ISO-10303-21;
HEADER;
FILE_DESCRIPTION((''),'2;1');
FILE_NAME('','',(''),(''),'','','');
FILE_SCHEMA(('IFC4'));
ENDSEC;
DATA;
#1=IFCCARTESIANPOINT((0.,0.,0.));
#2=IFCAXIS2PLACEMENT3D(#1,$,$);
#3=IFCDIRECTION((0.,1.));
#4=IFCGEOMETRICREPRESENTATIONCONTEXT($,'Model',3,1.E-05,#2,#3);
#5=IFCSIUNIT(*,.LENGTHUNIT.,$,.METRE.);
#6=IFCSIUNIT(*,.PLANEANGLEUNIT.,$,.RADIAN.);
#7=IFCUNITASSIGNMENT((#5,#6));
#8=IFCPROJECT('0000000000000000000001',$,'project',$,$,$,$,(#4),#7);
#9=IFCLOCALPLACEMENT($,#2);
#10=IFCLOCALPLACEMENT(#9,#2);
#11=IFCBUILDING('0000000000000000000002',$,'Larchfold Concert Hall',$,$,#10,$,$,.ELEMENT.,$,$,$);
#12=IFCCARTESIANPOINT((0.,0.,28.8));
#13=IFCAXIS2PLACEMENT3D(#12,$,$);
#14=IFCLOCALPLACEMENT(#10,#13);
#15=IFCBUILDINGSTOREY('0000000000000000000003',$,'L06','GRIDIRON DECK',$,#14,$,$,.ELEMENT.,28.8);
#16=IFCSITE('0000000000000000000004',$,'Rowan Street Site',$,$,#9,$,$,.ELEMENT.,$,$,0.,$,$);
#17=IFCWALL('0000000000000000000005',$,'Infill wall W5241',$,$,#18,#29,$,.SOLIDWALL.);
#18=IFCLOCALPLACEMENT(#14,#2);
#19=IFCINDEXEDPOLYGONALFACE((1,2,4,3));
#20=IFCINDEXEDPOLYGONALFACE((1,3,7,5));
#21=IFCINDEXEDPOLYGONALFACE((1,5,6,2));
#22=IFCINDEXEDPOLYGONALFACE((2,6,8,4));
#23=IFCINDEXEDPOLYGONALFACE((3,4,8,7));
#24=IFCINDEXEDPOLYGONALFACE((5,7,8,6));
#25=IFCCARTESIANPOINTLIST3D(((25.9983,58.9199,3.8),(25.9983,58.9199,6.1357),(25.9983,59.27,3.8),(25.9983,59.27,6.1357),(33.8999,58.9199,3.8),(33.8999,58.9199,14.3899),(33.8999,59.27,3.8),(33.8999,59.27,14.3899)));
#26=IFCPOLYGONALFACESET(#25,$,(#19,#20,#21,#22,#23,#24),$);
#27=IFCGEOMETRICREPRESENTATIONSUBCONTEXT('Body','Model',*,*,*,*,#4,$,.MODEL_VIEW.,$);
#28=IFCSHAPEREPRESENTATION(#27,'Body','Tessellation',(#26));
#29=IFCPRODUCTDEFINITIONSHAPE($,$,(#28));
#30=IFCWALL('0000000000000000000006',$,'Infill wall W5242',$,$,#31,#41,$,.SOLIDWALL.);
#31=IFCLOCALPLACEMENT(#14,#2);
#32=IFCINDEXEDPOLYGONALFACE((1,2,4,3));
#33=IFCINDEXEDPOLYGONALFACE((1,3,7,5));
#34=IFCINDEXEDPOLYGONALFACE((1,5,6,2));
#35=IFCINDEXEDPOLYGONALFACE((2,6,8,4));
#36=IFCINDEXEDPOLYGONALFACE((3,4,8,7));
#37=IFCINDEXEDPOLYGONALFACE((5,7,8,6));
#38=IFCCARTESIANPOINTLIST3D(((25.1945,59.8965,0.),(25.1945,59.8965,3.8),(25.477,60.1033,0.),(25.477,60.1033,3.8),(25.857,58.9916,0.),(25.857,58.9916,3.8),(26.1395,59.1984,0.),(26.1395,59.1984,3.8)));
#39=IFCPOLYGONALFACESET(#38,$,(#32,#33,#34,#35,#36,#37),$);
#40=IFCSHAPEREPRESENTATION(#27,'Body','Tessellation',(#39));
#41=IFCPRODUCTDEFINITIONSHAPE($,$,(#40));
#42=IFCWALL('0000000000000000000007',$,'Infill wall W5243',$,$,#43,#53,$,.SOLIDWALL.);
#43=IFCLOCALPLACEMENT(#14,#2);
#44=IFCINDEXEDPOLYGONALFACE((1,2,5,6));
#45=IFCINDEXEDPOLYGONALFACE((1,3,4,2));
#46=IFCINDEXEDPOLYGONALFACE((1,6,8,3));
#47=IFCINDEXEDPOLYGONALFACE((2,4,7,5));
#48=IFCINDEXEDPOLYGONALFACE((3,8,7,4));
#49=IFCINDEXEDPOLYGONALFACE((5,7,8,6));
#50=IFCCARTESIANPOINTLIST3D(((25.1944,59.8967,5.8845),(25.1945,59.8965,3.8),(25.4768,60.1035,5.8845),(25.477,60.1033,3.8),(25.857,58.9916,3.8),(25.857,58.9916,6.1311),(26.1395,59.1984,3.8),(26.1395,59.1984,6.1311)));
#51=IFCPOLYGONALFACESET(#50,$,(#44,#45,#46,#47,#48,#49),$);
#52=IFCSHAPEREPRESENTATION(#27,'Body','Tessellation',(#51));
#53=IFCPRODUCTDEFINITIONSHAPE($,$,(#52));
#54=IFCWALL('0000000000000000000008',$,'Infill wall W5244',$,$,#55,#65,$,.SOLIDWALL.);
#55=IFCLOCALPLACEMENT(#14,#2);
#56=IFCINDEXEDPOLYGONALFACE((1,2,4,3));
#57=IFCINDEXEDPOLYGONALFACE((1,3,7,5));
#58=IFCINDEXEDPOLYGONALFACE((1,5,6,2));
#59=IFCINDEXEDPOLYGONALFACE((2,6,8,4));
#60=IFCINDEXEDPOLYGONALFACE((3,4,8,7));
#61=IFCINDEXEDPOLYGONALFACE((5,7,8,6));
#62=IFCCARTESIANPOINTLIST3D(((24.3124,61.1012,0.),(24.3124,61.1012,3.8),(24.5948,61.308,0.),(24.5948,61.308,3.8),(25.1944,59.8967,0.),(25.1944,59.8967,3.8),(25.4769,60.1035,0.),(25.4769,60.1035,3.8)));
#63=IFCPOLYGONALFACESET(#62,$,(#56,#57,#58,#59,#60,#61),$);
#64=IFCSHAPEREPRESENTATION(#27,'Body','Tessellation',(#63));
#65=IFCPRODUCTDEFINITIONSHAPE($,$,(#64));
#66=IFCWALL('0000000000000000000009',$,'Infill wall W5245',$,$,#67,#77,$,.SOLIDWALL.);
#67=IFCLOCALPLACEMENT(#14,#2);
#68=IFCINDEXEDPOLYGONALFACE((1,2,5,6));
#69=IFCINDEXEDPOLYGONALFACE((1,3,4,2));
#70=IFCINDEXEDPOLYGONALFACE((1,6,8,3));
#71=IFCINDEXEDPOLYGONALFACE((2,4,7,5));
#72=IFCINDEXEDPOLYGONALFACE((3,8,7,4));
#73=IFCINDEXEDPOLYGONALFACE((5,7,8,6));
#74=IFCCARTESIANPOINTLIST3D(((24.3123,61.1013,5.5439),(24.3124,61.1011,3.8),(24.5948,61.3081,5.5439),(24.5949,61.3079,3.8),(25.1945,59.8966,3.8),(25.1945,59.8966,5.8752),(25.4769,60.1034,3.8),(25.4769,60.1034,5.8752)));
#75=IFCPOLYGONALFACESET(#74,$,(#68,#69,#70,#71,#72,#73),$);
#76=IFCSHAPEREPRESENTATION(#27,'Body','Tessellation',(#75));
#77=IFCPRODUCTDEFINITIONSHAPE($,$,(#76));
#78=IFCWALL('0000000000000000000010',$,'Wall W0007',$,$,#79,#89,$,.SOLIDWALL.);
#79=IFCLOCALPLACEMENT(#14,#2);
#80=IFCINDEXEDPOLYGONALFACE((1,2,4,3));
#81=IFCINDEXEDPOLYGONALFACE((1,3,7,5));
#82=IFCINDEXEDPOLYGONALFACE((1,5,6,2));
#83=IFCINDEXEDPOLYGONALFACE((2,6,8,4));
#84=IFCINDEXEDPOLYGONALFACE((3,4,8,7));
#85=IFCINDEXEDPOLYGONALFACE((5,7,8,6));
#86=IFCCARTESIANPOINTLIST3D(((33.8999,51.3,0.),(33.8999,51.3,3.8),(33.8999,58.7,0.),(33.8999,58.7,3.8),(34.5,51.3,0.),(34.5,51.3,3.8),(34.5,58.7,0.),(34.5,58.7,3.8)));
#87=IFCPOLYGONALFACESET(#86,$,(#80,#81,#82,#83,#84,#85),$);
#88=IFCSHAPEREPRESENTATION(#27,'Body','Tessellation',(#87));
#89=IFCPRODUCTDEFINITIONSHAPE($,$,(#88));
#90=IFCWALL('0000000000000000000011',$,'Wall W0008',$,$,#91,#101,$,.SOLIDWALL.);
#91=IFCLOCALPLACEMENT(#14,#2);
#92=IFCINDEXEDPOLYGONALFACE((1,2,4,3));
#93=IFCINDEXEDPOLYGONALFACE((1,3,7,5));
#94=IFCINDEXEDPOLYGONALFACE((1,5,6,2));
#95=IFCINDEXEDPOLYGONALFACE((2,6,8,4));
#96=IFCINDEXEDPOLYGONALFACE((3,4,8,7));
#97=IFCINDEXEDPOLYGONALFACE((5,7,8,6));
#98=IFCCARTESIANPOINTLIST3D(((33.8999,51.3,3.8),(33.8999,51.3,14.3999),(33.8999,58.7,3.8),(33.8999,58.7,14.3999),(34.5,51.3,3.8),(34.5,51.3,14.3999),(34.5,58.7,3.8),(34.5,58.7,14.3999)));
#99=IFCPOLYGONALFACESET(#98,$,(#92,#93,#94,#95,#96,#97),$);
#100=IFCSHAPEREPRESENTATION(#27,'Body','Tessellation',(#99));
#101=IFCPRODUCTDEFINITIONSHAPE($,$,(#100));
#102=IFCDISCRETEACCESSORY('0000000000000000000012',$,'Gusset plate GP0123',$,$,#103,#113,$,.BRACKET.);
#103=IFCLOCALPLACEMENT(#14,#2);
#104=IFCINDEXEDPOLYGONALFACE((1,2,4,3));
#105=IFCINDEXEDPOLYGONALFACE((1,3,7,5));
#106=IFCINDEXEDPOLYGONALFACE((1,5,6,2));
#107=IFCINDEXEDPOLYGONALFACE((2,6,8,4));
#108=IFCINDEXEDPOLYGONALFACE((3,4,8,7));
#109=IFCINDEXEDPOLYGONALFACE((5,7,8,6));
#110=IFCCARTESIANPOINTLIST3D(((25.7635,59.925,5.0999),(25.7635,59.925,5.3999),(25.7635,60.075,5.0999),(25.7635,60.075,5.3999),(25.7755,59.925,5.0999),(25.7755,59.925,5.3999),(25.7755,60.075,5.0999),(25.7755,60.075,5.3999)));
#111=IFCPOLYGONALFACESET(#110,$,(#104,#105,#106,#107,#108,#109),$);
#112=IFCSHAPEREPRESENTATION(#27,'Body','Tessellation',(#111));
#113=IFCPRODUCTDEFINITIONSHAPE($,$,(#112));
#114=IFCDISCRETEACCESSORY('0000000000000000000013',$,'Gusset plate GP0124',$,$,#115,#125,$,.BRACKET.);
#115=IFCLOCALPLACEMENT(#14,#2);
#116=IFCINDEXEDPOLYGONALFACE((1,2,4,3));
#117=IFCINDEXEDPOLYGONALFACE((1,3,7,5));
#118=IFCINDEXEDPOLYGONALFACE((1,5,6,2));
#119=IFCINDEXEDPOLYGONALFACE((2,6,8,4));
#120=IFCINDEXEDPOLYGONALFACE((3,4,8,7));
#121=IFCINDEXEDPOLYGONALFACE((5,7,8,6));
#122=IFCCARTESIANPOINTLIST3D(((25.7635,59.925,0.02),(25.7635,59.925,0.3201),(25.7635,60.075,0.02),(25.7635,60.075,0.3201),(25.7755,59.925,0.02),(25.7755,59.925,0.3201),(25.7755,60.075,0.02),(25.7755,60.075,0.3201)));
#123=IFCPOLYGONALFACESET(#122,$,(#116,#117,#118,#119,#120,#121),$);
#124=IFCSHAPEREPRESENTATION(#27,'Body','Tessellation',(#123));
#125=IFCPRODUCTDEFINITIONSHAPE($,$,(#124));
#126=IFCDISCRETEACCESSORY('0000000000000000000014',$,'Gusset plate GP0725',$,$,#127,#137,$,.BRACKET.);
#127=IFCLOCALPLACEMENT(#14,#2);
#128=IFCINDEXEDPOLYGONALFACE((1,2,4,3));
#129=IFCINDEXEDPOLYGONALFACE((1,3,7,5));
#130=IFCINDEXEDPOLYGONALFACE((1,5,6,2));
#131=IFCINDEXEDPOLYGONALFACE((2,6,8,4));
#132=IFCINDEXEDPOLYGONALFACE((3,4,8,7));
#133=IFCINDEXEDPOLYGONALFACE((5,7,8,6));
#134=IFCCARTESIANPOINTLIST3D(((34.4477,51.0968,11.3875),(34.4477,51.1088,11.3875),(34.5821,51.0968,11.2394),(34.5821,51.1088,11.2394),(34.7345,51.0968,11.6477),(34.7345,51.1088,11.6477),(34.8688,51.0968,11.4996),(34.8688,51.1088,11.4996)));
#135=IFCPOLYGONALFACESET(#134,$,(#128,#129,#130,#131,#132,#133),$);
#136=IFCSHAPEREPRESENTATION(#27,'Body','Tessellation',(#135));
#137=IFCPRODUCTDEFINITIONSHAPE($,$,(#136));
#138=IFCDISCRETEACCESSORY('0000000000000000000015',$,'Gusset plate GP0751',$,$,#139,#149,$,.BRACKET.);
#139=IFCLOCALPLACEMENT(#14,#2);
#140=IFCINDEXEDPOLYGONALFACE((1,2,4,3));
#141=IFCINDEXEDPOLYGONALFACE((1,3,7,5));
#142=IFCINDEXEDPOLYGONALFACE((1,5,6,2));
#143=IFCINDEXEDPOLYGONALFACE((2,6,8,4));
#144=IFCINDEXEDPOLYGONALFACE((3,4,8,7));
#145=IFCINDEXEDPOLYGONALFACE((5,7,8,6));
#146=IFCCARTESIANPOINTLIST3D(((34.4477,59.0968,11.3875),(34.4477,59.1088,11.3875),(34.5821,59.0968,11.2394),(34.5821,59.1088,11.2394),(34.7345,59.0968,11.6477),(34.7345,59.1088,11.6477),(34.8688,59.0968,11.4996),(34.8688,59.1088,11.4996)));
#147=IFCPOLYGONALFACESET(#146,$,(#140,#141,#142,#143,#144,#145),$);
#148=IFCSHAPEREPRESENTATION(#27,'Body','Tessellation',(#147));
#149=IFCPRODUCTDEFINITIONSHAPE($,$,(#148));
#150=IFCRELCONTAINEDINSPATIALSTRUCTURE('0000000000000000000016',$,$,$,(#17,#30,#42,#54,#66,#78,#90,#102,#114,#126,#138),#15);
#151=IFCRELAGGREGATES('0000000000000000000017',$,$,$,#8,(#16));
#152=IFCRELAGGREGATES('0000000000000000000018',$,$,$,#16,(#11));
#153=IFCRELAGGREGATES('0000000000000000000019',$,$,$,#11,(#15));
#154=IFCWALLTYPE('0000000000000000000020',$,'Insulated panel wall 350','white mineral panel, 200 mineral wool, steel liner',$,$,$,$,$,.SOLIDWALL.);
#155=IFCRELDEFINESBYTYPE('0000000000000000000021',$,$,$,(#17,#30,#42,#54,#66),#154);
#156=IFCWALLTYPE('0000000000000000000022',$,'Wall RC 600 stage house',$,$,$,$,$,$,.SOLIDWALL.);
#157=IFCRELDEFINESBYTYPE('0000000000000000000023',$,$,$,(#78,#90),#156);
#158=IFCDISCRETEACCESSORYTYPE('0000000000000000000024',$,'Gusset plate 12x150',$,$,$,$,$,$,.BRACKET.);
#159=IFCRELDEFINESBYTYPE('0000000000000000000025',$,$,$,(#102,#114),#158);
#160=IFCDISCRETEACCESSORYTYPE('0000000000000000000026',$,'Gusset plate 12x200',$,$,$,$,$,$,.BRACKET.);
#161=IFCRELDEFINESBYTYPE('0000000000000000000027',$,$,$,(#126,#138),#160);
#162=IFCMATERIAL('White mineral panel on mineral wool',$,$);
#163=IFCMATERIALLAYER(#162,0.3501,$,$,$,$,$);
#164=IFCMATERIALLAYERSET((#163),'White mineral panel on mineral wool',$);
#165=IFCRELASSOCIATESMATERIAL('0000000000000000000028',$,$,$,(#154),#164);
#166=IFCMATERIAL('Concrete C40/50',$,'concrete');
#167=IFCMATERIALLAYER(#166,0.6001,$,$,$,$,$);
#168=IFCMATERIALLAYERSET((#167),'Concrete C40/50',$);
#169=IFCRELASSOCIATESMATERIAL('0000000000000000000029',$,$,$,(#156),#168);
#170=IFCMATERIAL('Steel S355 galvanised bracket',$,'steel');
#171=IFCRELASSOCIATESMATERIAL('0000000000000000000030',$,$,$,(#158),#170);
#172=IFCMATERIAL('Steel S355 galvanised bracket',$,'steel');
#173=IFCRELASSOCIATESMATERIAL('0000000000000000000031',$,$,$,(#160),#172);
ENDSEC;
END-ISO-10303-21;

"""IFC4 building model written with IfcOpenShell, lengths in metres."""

from ifc_helpers import new_model, si_unit, direction, frame, frame_2d, origin, origin_2d, place, context, subcontext, project, spatial, polyline, rectangle, outline, extrude, material, layer, layer_set, material_profile, profile_set, type_object, element, save


model = new_model("IFC4")

# Units and contexts
model_context = context("Model", 3, precision=1e-05, world=origin(), true_north=direction((0.0, 1.0)))
body_context = subcontext(model_context, "Body", "Model", "MODEL_VIEW")
ifc_project = project(units=[si_unit("LENGTHUNIT", "METRE"), si_unit("PLANEANGLEUNIT", "RADIAN")], contexts=[model_context])

# Site, building, storey
site_placement = place(None, origin())
site = spatial("IfcSite", under=ifc_project, at=site_placement, Name="Rowan Street Site", CompositionType="ELEMENT", RefElevation=0.0)
building_placement = place(site_placement, origin())
building = spatial("IfcBuilding", under=site, at=building_placement, Name="Larchfold Concert Hall", CompositionType="ELEMENT")
storey_placement = place(building_placement, frame((0.0, 0.0, 28.8)))
storey = spatial("IfcBuildingStorey", under=building, at=storey_placement, Name="L06", Description="GRIDIRON DECK", CompositionType="ELEMENT", Elevation=28.8)

# Walls
ifc_material_1 = material(Name="White mineral panel on mineral wool")
ifc_layer_1 = layer(ifc_material_1, 0.3501)
ifc_layer_set_1 = layer_set([ifc_layer_1], Name="White mineral panel on mineral wool")
wall_type_1 = type_object("IfcWallType", Name="Insulated panel wall 350", Description="white mineral panel, 200 mineral wool, steel liner", PredefinedType="SOLIDWALL", material=ifc_layer_set_1)
wall_1_placement = place(storey_placement, frame((33.8999, 59.095, 3.8), z_axis=(0.0, 0.0, 1.0), x_axis=(-1.0, 0.0, 0.0)))
element("IfcWall", 1, at=wall_1_placement, inside=storey, type_object=wall_type_1, Name="Infill wall W5241", PredefinedType="SOLIDWALL", context=body_context, shape_type="SweptSolid", body=[
    extrude(outline(polyline([(0.0, 0.0), (7.9016, 0.0), (7.9016, 2.3357), (0.0, 10.5898), (0.0, 0.0)])), frame((0.0, 0.175, 0.0), z_axis=(0.0, -1.0, 0.0), x_axis=(1.0, 0.0, 0.0)), (0.0, 0.0, 1.0), 0.3501),
])
wall_2_placement = place(storey_placement, frame((25.9983, 59.095, 0.0), z_axis=(0.0, 0.0, 1.0), x_axis=(-0.590731, 0.806868, 0.0)))
element("IfcWall", 2, at=wall_2_placement, inside=storey, type_object=wall_type_1, Name="Infill wall W5242", PredefinedType="SOLIDWALL", context=body_context, shape_type="SweptSolid", body=[
    extrude(rectangle(XDim=1.1216, YDim=0.3501, at=frame_2d((0.5608, 0.0))), origin(), (0.0, 0.0, 1.0), 3.8),
])
wall_3_placement = place(storey_placement, frame((25.9983, 59.095, 3.8), z_axis=(0.0, 0.0, 1.0), x_axis=(-0.590731, 0.806868, 0.0)))
element("IfcWall", 3, at=wall_3_placement, inside=storey, type_object=wall_type_1, Name="Infill wall W5243", PredefinedType="SOLIDWALL", context=body_context, shape_type="SweptSolid", body=[
    extrude(outline(polyline([(0.0, 0.0), (1.1216, 0.0), (1.1218, 2.0845), (0.0, 2.3311), (0.0, 0.0)])), frame((0.0, 0.175, 0.0), z_axis=(0.0, -1.0, 0.0), x_axis=(1.0, 0.0, 0.0)), (0.0, 0.0, 1.0), 0.3501),
])
wall_4_placement = place(storey_placement, frame((25.3357, 60.0, 0.0), z_axis=(0.0, 0.0, 1.0), x_axis=(-0.590803, 0.806815, 0.0)))
element("IfcWall", 4, at=wall_4_placement, inside=storey, type_object=wall_type_1, Name="Infill wall W5244", PredefinedType="SOLIDWALL", context=body_context, shape_type="SweptSolid", body=[
    extrude(rectangle(XDim=1.4929, YDim=0.3501, at=frame_2d((0.7466, 0.0))), origin(), (0.0, 0.0, 1.0), 3.8),
])
wall_5_placement = place(storey_placement, frame((25.3357, 60.0, 3.8), z_axis=(0.0, 0.0, 1.0), x_axis=(-0.590803, 0.806815, 0.0)))
element("IfcWall", 5, at=wall_5_placement, inside=storey, type_object=wall_type_1, Name="Infill wall W5245", PredefinedType="SOLIDWALL", context=body_context, shape_type="SweptSolid", body=[
    extrude(outline(polyline([(0.0, 0.0), (1.4929, 0.0), (1.4932, 1.7439), (0.0, 2.0752), (0.0, 0.0)])), frame((0.0, 0.175, 0.0), z_axis=(0.0, -1.0, 0.0), x_axis=(1.0, 0.0, 0.0)), (0.0, 0.0, 1.0), 0.3501),
])
ifc_material_2 = material(Name="Concrete C40/50", Category="concrete")
ifc_layer_2 = layer(ifc_material_2, 0.6001)
ifc_layer_set_2 = layer_set([ifc_layer_2], Name="Concrete C40/50")
wall_type_2 = type_object("IfcWallType", Name="Wall RC 600 stage house", PredefinedType="SOLIDWALL", material=ifc_layer_set_2)
wall_6_placement = place(storey_placement, frame((34.2, 58.7, 0.0), z_axis=(0.0, 0.0, 1.0), x_axis=(0.0, -1.0, 0.0)))
element("IfcWall", 6, at=wall_6_placement, inside=storey, type_object=wall_type_2, Name="Wall W0007", PredefinedType="SOLIDWALL", context=body_context, shape_type="SweptSolid", body=[
    extrude(rectangle(XDim=7.3999, YDim=0.6001, at=frame_2d((3.7, 0.0))), origin(), (0.0, 0.0, 1.0), 3.8),
])
wall_7_placement = place(storey_placement, frame((34.2, 58.7, 3.8), z_axis=(0.0, 0.0, 1.0), x_axis=(0.0, -1.0, 0.0)))
element("IfcWall", 7, at=wall_7_placement, inside=storey, type_object=wall_type_2, Name="Wall W0008", PredefinedType="SOLIDWALL", context=body_context, shape_type="SweptSolid", body=[
    extrude(rectangle(XDim=7.3999, YDim=0.6001, at=frame_2d((3.7, 0.0))), origin(), (0.0, 0.0, 1.0), 10.5999),
])

# Discrete accessories
ifc_material_3 = material(Name="Steel S355 galvanised bracket", Category="steel")
ifc_material_profile_1 = material_profile(ifc_material_3, rectangle(XDim=0.012, YDim=0.1499, at=origin_2d()))
ifc_profile_set_1 = profile_set([ifc_material_profile_1], Name="Steel S355 galvanised bracket")
discrete_accessory_type_1 = type_object("IfcDiscreteAccessoryType", Name="Gusset plate 12x150", PredefinedType="BRACKET", material=ifc_profile_set_1)
for number, where, z_axis, x_axis, name in (
    (8, (25.7695, 60.0, 5.3999), (0.0, 0.0, -1.0), (1.0, 0.0, 0.0), "Gusset plate GP0123"),
    (9, (25.7695, 60.0, 0.3201), (0.0, 0.0, -1.0), (1.0, 0.0, 0.0), "Gusset plate GP0124"),
):
    element("IfcDiscreteAccessory", number, at=place(storey_placement, frame(where, z_axis=z_axis, x_axis=x_axis)), inside=storey, type_object=discrete_accessory_type_1, Name=name, PredefinedType="BRACKET", context=body_context, shape_type="SweptSolid", body=[
        extrude(rectangle(XDim=0.012, YDim=0.1499, at=origin_2d()), origin(), (0.0, 0.0, 1.0), 0.3),
    ])
ifc_material_4 = material(Name="Steel S355 galvanised bracket", Category="steel")
ifc_material_profile_2 = material_profile(ifc_material_4, rectangle(XDim=0.012, YDim=0.2, at=origin_2d()))
ifc_profile_set_2 = profile_set([ifc_material_profile_2], Name="Steel S355 galvanised bracket")
discrete_accessory_type_2 = type_object("IfcDiscreteAccessoryType", Name="Gusset plate 12x200", PredefinedType="BRACKET", material=ifc_profile_set_2)
for number, where, z_axis, x_axis, name in (
    (10, (34.5149, 51.1028, 11.3135), (0.740624, 0.0, 0.671919), (0.0, 1.0, 0.0), "Gusset plate GP0725"),
    (11, (34.5149, 59.1028, 11.3135), (0.740624, 0.0, 0.671919), (0.0, 1.0, 0.0), "Gusset plate GP0751"),
):
    element("IfcDiscreteAccessory", number, at=place(storey_placement, frame(where, z_axis=z_axis, x_axis=x_axis)), inside=storey, type_object=discrete_accessory_type_2, Name=name, PredefinedType="BRACKET", context=body_context, shape_type="SweptSolid", body=[
        extrude(rectangle(XDim=0.012, YDim=0.2, at=origin_2d()), origin(), (0.0, 0.0, 1.0), 0.3872),
    ])

save(model, "model.ifc")
